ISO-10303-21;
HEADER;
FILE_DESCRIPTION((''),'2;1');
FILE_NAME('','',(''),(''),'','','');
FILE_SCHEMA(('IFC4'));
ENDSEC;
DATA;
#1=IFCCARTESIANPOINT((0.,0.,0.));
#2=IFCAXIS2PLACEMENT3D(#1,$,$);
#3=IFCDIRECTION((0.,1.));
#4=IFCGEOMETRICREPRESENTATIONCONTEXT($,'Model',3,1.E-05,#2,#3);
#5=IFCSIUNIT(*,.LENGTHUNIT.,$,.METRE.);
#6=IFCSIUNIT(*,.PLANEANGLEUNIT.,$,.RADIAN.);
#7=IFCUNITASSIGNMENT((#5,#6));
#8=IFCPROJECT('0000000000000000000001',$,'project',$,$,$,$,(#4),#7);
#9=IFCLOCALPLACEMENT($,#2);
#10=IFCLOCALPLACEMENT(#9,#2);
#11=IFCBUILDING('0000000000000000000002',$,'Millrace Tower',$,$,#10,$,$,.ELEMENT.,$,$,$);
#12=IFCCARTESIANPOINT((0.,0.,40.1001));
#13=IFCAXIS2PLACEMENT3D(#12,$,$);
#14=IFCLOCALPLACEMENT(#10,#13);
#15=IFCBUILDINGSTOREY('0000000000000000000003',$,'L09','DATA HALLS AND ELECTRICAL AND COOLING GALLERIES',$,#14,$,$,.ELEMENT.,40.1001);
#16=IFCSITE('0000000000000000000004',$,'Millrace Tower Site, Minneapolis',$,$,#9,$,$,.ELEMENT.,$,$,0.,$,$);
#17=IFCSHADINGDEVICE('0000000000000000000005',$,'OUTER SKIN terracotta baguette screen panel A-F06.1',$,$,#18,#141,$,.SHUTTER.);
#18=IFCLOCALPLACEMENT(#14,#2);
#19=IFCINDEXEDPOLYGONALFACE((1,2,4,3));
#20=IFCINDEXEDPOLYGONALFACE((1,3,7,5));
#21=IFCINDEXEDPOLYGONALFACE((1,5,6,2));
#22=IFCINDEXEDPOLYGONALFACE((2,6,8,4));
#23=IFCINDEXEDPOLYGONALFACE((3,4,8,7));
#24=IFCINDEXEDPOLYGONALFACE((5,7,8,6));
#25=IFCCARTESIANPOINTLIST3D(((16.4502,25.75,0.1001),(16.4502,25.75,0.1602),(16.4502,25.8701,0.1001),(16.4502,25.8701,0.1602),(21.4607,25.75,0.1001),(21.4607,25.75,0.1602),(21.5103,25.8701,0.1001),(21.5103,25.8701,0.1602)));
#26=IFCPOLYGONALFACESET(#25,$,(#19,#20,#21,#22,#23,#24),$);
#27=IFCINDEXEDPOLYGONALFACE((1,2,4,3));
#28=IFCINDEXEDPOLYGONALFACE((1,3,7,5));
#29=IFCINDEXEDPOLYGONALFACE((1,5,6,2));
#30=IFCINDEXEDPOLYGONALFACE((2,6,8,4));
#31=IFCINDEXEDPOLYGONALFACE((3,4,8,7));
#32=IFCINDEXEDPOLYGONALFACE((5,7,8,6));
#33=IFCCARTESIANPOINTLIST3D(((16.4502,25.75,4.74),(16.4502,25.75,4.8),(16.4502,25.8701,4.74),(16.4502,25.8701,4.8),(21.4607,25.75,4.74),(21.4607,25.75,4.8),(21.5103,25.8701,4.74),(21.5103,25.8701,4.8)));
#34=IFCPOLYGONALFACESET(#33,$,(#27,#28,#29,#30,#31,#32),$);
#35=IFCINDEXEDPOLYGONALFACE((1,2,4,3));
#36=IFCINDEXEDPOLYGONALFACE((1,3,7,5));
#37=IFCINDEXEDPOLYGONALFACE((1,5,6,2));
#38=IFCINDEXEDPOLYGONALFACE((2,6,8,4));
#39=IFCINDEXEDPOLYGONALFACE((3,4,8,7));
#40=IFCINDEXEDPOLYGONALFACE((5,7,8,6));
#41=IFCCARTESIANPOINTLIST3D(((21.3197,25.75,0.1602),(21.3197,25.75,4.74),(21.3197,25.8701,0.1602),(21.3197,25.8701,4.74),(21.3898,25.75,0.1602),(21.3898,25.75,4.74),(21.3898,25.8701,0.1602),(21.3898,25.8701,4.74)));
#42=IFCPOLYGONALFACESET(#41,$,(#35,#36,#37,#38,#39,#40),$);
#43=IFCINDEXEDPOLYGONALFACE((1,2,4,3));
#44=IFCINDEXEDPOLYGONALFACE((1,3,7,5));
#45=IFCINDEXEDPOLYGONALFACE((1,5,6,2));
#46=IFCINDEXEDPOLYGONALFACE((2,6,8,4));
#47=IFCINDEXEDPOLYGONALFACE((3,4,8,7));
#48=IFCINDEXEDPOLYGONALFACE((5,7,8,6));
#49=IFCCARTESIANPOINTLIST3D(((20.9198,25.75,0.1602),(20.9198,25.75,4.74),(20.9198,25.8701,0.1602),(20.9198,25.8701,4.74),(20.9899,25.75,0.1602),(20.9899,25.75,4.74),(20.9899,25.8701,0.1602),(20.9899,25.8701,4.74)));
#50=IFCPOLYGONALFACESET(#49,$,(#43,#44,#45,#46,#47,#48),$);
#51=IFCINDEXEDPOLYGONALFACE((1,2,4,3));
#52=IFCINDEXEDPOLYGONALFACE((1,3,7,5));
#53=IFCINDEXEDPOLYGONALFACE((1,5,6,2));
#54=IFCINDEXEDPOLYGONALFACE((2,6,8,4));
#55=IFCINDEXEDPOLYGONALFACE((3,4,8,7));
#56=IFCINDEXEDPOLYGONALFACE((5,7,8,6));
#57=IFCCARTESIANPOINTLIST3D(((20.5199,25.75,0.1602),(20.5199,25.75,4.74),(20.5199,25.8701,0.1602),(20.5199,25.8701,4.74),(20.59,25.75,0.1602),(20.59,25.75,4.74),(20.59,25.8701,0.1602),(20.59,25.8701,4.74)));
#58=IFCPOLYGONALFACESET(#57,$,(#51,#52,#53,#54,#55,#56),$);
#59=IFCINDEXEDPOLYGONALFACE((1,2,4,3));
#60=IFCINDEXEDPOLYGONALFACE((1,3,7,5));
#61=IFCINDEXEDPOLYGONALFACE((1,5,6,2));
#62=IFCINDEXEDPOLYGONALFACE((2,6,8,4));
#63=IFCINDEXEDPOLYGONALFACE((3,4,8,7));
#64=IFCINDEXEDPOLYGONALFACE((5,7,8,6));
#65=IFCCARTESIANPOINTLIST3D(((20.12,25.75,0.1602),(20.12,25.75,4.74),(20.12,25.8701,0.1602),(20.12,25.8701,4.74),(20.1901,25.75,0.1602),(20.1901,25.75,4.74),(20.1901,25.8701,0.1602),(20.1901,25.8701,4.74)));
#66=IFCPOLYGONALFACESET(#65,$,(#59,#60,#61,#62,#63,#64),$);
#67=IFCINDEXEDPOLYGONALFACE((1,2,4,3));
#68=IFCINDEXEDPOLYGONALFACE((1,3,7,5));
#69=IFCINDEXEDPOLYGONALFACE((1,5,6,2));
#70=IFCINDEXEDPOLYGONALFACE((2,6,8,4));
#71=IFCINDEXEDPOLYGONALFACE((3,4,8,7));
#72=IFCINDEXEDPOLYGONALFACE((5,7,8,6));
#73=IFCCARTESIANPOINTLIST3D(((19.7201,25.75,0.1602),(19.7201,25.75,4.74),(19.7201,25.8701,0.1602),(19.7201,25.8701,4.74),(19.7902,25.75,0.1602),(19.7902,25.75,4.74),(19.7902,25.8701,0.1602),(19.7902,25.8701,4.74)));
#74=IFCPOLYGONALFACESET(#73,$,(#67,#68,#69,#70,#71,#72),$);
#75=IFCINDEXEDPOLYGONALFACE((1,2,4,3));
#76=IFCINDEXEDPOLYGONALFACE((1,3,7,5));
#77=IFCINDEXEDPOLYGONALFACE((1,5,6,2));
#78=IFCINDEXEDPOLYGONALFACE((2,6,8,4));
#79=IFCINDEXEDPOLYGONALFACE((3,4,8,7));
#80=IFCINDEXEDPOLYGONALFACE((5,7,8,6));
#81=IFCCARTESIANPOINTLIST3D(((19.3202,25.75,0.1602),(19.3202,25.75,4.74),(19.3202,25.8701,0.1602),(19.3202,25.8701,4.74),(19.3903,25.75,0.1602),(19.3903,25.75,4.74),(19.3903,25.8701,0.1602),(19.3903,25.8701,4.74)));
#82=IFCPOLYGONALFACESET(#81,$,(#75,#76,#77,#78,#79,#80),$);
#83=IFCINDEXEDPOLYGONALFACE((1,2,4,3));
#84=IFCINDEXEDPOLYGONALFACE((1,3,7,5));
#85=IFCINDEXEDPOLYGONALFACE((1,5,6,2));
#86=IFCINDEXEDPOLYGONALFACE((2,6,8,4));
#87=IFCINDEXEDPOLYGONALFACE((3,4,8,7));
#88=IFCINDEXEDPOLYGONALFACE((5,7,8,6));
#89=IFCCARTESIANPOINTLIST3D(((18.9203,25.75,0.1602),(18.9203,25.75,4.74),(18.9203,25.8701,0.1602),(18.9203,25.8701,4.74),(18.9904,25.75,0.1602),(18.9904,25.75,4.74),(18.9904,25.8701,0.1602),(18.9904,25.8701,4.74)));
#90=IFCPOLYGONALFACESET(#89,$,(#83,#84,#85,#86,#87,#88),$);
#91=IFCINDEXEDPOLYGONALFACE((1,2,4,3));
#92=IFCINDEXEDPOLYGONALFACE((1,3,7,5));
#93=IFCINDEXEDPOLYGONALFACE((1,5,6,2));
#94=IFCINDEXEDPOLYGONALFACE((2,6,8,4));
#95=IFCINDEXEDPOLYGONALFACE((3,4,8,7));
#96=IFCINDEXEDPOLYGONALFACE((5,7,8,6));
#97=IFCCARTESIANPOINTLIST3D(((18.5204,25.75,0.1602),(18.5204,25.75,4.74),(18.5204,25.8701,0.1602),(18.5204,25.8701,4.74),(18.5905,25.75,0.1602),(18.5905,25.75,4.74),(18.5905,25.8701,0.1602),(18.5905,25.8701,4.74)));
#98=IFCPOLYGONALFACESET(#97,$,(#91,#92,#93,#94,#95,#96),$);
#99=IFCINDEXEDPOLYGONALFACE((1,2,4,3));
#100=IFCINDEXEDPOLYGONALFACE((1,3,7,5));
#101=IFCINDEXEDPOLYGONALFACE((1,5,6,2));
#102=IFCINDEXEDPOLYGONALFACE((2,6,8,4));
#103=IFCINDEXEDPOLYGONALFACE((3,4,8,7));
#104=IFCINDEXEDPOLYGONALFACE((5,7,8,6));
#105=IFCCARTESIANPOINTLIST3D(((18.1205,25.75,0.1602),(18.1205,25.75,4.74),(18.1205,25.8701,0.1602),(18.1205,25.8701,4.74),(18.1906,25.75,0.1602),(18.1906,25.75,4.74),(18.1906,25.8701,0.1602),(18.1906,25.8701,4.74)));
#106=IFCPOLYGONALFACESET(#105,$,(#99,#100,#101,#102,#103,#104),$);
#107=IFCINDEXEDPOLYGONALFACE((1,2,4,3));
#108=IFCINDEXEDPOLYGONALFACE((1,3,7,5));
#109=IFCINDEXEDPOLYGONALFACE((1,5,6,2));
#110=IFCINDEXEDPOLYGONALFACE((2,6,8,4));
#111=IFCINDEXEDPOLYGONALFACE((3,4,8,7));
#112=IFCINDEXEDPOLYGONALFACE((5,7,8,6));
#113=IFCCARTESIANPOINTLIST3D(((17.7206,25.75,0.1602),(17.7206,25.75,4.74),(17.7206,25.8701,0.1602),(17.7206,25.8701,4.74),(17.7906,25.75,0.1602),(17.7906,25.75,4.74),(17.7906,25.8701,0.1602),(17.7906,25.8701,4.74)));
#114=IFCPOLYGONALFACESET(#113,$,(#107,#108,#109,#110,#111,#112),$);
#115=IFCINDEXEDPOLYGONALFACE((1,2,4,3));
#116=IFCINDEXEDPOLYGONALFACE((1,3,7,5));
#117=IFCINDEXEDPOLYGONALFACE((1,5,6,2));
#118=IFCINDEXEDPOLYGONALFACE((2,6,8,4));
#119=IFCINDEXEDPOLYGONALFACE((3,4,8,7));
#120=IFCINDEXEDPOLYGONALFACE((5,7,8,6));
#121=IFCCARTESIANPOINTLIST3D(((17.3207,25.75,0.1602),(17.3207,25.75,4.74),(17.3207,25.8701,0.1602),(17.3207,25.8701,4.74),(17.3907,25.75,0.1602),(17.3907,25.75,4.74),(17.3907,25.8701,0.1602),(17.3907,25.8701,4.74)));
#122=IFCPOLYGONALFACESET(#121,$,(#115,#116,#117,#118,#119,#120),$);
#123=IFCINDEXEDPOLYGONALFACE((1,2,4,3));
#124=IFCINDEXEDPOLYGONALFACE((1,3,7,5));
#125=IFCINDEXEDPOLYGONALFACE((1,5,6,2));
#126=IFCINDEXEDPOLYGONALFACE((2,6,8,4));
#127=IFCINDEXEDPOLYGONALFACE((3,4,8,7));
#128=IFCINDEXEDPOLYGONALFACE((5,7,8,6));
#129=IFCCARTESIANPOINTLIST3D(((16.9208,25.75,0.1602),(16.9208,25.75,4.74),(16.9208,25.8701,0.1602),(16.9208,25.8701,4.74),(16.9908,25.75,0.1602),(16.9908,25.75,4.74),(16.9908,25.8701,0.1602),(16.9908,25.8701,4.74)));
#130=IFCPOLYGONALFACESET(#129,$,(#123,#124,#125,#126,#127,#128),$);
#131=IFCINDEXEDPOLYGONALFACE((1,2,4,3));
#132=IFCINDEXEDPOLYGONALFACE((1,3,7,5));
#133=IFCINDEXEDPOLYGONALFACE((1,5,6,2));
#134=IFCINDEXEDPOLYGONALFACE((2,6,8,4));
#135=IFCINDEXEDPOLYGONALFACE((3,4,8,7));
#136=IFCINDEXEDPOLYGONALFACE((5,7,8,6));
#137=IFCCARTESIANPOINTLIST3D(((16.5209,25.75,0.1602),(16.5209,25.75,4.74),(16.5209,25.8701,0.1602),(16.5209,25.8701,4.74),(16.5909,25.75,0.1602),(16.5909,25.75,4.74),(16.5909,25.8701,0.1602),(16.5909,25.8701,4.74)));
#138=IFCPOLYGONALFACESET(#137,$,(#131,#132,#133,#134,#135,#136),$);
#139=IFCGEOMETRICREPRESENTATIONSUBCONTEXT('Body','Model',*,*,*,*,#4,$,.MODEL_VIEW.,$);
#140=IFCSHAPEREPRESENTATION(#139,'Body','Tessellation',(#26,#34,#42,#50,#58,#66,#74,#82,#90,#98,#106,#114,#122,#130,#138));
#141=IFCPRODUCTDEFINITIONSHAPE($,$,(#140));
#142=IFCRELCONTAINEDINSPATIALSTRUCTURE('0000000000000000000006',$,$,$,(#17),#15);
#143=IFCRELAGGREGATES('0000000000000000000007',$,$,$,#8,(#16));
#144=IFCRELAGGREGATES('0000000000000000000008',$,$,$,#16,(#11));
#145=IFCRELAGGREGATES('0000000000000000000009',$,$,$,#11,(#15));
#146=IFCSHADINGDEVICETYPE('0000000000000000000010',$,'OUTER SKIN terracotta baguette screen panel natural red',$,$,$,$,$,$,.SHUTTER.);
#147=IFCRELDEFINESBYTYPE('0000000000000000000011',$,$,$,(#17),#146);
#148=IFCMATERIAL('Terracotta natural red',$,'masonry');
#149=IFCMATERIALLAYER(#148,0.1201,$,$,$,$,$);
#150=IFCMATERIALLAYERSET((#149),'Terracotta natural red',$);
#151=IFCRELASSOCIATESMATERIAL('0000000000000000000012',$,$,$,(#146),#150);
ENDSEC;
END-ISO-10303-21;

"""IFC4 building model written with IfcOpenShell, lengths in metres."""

from ifc_helpers import new_model, entity, si_unit, direction, frame, frame_2d, origin, place, context, subcontext, project, spatial, rectangle, extrude, source, transform, mapped, material, layer, layer_set, type_object, element, save


model = new_model("IFC4")

# Units and contexts
model_context = context("Model", 3, precision=1e-05, world=origin(), true_north=direction((0.0, 1.0)))
body_context = subcontext(model_context, "Body", "Model", "MODEL_VIEW")
ifc_project = project(units=[si_unit("LENGTHUNIT", "METRE"), si_unit("PLANEANGLEUNIT", "RADIAN")], contexts=[model_context])

# Site, building, storey
site_placement = place(None, origin())
site = spatial("IfcSite", under=ifc_project, at=site_placement, Name="Millrace Tower Site, Minneapolis", CompositionType="ELEMENT", RefElevation=0.0)
building_placement = place(site_placement, origin())
building = spatial("IfcBuilding", under=site, at=building_placement, Name="Millrace Tower", CompositionType="ELEMENT")
storey_placement = place(building_placement, frame((0.0, 0.0, 40.1001)))
storey = spatial("IfcBuildingStorey", under=building, at=storey_placement, Name="L09", Description="DATA HALLS AND ELECTRICAL AND COOLING GALLERIES", CompositionType="ELEMENT", Elevation=40.1001)

# Shading device
ifc_material_1 = material(Name="Terracotta natural red", Category="masonry")
ifc_layer_1 = layer(ifc_material_1, 0.1201)
ifc_layer_set_1 = layer_set([ifc_layer_1], Name="Terracotta natural red")
shading_device_type_1 = type_object("IfcShadingDeviceType", Name="OUTER SKIN terracotta baguette screen panel natural red", PredefinedType="SHUTTER", material=ifc_layer_set_1)
cartesian_point_1 = entity("IfcCartesianPoint", [-2.4929, 0.0601])
shared_polyline_1 = entity("IfcPolyline", [cartesian_point_1, entity("IfcCartesianPoint", [2.5176, 0.0601]), entity("IfcCartesianPoint", [2.5176, -0.0601]), entity("IfcCartesianPoint", [-2.5425, -0.0601]), cartesian_point_1])
shared_shape_1 = source(origin(), body_context, "Body", "SweptSolid", [
    entity("IfcExtrudedAreaSolid", entity("IfcArbitraryClosedProfileDef", "AREA", None, shared_polyline_1), entity("IfcAxis2Placement3D", entity("IfcCartesianPoint", [0.0, 0.0, 0.0])), entity("IfcDirection", [0.0, 0.0, 1.0]), 0.0601),
    entity("IfcExtrudedAreaSolid", entity("IfcArbitraryClosedProfileDef", "AREA", None, shared_polyline_1), entity("IfcAxis2Placement3D", entity("IfcCartesianPoint", [0.0, 0.0, 4.6399])), entity("IfcDirection", [0.0, 0.0, 1.0]), 0.0601),
    extrude(rectangle(XDim=0.0701, YDim=0.1201, at=frame_2d((-2.387, 0.0))), frame((0.0, 0.0, 0.0601)), (0.0, 0.0, 1.0), 4.5798),
    extrude(rectangle(XDim=0.0701, YDim=0.1201, at=frame_2d((-1.9871, 0.0))), frame((0.0, 0.0, 0.0601)), (0.0, 0.0, 1.0), 4.5798),
    extrude(rectangle(XDim=0.0701, YDim=0.1201, at=frame_2d((-1.5872, 0.0))), frame((0.0, 0.0, 0.0601)), (0.0, 0.0, 1.0), 4.5798),
    extrude(rectangle(XDim=0.0701, YDim=0.1201, at=frame_2d((-1.1873, 0.0))), frame((0.0, 0.0, 0.0601)), (0.0, 0.0, 1.0), 4.5798),
    extrude(rectangle(XDim=0.0701, YDim=0.1201, at=frame_2d((-0.7874, 0.0))), frame((0.0, 0.0, 0.0601)), (0.0, 0.0, 1.0), 4.5798),
    extrude(rectangle(XDim=0.0701, YDim=0.1201, at=frame_2d((-0.3875, 0.0))), frame((0.0, 0.0, 0.0601)), (0.0, 0.0, 1.0), 4.5798),
    extrude(rectangle(XDim=0.0701, YDim=0.1201, at=frame_2d((0.0125, 0.0))), frame((0.0, 0.0, 0.0601)), (0.0, 0.0, 1.0), 4.5798),
    extrude(rectangle(XDim=0.0701, YDim=0.1201, at=frame_2d((0.4124, 0.0))), frame((0.0, 0.0, 0.0601)), (0.0, 0.0, 1.0), 4.5798),
    extrude(rectangle(XDim=0.0701, YDim=0.1201, at=frame_2d((0.8123, 0.0))), frame((0.0, 0.0, 0.0601)), (0.0, 0.0, 1.0), 4.5798),
    extrude(rectangle(XDim=0.0701, YDim=0.1201, at=frame_2d((1.2122, 0.0))), frame((0.0, 0.0, 0.0601)), (0.0, 0.0, 1.0), 4.5798),
    extrude(rectangle(XDim=0.0701, YDim=0.1201, at=frame_2d((1.6121, 0.0))), frame((0.0, 0.0, 0.0601)), (0.0, 0.0, 1.0), 4.5798),
    extrude(rectangle(XDim=0.0701, YDim=0.1201, at=frame_2d((2.012, 0.0))), frame((0.0, 0.0, 0.0601)), (0.0, 0.0, 1.0), 4.5798),
    extrude(rectangle(XDim=0.0701, YDim=0.1201, at=frame_2d((2.4119, 0.0))), frame((0.0, 0.0, 0.0601)), (0.0, 0.0, 1.0), 4.5798),
])
shading_device_1_placement = place(storey_placement, frame((18.9678, 25.8101, 0.1001), z_axis=(0.0, 0.0, 1.0), x_axis=(-1.0, 0.0, 0.0)))
element("IfcShadingDevice", 1, at=shading_device_1_placement, inside=storey, type_object=shading_device_type_1, Name="OUTER SKIN terracotta baguette screen panel A-F06.1", PredefinedType="SHUTTER", context=body_context, shape_type="MappedRepresentation", body=[
    mapped(shared_shape_1, transform((0.0, 0.0, 0.0), scale=1.0)),
])

save(model, "model.ifc")
